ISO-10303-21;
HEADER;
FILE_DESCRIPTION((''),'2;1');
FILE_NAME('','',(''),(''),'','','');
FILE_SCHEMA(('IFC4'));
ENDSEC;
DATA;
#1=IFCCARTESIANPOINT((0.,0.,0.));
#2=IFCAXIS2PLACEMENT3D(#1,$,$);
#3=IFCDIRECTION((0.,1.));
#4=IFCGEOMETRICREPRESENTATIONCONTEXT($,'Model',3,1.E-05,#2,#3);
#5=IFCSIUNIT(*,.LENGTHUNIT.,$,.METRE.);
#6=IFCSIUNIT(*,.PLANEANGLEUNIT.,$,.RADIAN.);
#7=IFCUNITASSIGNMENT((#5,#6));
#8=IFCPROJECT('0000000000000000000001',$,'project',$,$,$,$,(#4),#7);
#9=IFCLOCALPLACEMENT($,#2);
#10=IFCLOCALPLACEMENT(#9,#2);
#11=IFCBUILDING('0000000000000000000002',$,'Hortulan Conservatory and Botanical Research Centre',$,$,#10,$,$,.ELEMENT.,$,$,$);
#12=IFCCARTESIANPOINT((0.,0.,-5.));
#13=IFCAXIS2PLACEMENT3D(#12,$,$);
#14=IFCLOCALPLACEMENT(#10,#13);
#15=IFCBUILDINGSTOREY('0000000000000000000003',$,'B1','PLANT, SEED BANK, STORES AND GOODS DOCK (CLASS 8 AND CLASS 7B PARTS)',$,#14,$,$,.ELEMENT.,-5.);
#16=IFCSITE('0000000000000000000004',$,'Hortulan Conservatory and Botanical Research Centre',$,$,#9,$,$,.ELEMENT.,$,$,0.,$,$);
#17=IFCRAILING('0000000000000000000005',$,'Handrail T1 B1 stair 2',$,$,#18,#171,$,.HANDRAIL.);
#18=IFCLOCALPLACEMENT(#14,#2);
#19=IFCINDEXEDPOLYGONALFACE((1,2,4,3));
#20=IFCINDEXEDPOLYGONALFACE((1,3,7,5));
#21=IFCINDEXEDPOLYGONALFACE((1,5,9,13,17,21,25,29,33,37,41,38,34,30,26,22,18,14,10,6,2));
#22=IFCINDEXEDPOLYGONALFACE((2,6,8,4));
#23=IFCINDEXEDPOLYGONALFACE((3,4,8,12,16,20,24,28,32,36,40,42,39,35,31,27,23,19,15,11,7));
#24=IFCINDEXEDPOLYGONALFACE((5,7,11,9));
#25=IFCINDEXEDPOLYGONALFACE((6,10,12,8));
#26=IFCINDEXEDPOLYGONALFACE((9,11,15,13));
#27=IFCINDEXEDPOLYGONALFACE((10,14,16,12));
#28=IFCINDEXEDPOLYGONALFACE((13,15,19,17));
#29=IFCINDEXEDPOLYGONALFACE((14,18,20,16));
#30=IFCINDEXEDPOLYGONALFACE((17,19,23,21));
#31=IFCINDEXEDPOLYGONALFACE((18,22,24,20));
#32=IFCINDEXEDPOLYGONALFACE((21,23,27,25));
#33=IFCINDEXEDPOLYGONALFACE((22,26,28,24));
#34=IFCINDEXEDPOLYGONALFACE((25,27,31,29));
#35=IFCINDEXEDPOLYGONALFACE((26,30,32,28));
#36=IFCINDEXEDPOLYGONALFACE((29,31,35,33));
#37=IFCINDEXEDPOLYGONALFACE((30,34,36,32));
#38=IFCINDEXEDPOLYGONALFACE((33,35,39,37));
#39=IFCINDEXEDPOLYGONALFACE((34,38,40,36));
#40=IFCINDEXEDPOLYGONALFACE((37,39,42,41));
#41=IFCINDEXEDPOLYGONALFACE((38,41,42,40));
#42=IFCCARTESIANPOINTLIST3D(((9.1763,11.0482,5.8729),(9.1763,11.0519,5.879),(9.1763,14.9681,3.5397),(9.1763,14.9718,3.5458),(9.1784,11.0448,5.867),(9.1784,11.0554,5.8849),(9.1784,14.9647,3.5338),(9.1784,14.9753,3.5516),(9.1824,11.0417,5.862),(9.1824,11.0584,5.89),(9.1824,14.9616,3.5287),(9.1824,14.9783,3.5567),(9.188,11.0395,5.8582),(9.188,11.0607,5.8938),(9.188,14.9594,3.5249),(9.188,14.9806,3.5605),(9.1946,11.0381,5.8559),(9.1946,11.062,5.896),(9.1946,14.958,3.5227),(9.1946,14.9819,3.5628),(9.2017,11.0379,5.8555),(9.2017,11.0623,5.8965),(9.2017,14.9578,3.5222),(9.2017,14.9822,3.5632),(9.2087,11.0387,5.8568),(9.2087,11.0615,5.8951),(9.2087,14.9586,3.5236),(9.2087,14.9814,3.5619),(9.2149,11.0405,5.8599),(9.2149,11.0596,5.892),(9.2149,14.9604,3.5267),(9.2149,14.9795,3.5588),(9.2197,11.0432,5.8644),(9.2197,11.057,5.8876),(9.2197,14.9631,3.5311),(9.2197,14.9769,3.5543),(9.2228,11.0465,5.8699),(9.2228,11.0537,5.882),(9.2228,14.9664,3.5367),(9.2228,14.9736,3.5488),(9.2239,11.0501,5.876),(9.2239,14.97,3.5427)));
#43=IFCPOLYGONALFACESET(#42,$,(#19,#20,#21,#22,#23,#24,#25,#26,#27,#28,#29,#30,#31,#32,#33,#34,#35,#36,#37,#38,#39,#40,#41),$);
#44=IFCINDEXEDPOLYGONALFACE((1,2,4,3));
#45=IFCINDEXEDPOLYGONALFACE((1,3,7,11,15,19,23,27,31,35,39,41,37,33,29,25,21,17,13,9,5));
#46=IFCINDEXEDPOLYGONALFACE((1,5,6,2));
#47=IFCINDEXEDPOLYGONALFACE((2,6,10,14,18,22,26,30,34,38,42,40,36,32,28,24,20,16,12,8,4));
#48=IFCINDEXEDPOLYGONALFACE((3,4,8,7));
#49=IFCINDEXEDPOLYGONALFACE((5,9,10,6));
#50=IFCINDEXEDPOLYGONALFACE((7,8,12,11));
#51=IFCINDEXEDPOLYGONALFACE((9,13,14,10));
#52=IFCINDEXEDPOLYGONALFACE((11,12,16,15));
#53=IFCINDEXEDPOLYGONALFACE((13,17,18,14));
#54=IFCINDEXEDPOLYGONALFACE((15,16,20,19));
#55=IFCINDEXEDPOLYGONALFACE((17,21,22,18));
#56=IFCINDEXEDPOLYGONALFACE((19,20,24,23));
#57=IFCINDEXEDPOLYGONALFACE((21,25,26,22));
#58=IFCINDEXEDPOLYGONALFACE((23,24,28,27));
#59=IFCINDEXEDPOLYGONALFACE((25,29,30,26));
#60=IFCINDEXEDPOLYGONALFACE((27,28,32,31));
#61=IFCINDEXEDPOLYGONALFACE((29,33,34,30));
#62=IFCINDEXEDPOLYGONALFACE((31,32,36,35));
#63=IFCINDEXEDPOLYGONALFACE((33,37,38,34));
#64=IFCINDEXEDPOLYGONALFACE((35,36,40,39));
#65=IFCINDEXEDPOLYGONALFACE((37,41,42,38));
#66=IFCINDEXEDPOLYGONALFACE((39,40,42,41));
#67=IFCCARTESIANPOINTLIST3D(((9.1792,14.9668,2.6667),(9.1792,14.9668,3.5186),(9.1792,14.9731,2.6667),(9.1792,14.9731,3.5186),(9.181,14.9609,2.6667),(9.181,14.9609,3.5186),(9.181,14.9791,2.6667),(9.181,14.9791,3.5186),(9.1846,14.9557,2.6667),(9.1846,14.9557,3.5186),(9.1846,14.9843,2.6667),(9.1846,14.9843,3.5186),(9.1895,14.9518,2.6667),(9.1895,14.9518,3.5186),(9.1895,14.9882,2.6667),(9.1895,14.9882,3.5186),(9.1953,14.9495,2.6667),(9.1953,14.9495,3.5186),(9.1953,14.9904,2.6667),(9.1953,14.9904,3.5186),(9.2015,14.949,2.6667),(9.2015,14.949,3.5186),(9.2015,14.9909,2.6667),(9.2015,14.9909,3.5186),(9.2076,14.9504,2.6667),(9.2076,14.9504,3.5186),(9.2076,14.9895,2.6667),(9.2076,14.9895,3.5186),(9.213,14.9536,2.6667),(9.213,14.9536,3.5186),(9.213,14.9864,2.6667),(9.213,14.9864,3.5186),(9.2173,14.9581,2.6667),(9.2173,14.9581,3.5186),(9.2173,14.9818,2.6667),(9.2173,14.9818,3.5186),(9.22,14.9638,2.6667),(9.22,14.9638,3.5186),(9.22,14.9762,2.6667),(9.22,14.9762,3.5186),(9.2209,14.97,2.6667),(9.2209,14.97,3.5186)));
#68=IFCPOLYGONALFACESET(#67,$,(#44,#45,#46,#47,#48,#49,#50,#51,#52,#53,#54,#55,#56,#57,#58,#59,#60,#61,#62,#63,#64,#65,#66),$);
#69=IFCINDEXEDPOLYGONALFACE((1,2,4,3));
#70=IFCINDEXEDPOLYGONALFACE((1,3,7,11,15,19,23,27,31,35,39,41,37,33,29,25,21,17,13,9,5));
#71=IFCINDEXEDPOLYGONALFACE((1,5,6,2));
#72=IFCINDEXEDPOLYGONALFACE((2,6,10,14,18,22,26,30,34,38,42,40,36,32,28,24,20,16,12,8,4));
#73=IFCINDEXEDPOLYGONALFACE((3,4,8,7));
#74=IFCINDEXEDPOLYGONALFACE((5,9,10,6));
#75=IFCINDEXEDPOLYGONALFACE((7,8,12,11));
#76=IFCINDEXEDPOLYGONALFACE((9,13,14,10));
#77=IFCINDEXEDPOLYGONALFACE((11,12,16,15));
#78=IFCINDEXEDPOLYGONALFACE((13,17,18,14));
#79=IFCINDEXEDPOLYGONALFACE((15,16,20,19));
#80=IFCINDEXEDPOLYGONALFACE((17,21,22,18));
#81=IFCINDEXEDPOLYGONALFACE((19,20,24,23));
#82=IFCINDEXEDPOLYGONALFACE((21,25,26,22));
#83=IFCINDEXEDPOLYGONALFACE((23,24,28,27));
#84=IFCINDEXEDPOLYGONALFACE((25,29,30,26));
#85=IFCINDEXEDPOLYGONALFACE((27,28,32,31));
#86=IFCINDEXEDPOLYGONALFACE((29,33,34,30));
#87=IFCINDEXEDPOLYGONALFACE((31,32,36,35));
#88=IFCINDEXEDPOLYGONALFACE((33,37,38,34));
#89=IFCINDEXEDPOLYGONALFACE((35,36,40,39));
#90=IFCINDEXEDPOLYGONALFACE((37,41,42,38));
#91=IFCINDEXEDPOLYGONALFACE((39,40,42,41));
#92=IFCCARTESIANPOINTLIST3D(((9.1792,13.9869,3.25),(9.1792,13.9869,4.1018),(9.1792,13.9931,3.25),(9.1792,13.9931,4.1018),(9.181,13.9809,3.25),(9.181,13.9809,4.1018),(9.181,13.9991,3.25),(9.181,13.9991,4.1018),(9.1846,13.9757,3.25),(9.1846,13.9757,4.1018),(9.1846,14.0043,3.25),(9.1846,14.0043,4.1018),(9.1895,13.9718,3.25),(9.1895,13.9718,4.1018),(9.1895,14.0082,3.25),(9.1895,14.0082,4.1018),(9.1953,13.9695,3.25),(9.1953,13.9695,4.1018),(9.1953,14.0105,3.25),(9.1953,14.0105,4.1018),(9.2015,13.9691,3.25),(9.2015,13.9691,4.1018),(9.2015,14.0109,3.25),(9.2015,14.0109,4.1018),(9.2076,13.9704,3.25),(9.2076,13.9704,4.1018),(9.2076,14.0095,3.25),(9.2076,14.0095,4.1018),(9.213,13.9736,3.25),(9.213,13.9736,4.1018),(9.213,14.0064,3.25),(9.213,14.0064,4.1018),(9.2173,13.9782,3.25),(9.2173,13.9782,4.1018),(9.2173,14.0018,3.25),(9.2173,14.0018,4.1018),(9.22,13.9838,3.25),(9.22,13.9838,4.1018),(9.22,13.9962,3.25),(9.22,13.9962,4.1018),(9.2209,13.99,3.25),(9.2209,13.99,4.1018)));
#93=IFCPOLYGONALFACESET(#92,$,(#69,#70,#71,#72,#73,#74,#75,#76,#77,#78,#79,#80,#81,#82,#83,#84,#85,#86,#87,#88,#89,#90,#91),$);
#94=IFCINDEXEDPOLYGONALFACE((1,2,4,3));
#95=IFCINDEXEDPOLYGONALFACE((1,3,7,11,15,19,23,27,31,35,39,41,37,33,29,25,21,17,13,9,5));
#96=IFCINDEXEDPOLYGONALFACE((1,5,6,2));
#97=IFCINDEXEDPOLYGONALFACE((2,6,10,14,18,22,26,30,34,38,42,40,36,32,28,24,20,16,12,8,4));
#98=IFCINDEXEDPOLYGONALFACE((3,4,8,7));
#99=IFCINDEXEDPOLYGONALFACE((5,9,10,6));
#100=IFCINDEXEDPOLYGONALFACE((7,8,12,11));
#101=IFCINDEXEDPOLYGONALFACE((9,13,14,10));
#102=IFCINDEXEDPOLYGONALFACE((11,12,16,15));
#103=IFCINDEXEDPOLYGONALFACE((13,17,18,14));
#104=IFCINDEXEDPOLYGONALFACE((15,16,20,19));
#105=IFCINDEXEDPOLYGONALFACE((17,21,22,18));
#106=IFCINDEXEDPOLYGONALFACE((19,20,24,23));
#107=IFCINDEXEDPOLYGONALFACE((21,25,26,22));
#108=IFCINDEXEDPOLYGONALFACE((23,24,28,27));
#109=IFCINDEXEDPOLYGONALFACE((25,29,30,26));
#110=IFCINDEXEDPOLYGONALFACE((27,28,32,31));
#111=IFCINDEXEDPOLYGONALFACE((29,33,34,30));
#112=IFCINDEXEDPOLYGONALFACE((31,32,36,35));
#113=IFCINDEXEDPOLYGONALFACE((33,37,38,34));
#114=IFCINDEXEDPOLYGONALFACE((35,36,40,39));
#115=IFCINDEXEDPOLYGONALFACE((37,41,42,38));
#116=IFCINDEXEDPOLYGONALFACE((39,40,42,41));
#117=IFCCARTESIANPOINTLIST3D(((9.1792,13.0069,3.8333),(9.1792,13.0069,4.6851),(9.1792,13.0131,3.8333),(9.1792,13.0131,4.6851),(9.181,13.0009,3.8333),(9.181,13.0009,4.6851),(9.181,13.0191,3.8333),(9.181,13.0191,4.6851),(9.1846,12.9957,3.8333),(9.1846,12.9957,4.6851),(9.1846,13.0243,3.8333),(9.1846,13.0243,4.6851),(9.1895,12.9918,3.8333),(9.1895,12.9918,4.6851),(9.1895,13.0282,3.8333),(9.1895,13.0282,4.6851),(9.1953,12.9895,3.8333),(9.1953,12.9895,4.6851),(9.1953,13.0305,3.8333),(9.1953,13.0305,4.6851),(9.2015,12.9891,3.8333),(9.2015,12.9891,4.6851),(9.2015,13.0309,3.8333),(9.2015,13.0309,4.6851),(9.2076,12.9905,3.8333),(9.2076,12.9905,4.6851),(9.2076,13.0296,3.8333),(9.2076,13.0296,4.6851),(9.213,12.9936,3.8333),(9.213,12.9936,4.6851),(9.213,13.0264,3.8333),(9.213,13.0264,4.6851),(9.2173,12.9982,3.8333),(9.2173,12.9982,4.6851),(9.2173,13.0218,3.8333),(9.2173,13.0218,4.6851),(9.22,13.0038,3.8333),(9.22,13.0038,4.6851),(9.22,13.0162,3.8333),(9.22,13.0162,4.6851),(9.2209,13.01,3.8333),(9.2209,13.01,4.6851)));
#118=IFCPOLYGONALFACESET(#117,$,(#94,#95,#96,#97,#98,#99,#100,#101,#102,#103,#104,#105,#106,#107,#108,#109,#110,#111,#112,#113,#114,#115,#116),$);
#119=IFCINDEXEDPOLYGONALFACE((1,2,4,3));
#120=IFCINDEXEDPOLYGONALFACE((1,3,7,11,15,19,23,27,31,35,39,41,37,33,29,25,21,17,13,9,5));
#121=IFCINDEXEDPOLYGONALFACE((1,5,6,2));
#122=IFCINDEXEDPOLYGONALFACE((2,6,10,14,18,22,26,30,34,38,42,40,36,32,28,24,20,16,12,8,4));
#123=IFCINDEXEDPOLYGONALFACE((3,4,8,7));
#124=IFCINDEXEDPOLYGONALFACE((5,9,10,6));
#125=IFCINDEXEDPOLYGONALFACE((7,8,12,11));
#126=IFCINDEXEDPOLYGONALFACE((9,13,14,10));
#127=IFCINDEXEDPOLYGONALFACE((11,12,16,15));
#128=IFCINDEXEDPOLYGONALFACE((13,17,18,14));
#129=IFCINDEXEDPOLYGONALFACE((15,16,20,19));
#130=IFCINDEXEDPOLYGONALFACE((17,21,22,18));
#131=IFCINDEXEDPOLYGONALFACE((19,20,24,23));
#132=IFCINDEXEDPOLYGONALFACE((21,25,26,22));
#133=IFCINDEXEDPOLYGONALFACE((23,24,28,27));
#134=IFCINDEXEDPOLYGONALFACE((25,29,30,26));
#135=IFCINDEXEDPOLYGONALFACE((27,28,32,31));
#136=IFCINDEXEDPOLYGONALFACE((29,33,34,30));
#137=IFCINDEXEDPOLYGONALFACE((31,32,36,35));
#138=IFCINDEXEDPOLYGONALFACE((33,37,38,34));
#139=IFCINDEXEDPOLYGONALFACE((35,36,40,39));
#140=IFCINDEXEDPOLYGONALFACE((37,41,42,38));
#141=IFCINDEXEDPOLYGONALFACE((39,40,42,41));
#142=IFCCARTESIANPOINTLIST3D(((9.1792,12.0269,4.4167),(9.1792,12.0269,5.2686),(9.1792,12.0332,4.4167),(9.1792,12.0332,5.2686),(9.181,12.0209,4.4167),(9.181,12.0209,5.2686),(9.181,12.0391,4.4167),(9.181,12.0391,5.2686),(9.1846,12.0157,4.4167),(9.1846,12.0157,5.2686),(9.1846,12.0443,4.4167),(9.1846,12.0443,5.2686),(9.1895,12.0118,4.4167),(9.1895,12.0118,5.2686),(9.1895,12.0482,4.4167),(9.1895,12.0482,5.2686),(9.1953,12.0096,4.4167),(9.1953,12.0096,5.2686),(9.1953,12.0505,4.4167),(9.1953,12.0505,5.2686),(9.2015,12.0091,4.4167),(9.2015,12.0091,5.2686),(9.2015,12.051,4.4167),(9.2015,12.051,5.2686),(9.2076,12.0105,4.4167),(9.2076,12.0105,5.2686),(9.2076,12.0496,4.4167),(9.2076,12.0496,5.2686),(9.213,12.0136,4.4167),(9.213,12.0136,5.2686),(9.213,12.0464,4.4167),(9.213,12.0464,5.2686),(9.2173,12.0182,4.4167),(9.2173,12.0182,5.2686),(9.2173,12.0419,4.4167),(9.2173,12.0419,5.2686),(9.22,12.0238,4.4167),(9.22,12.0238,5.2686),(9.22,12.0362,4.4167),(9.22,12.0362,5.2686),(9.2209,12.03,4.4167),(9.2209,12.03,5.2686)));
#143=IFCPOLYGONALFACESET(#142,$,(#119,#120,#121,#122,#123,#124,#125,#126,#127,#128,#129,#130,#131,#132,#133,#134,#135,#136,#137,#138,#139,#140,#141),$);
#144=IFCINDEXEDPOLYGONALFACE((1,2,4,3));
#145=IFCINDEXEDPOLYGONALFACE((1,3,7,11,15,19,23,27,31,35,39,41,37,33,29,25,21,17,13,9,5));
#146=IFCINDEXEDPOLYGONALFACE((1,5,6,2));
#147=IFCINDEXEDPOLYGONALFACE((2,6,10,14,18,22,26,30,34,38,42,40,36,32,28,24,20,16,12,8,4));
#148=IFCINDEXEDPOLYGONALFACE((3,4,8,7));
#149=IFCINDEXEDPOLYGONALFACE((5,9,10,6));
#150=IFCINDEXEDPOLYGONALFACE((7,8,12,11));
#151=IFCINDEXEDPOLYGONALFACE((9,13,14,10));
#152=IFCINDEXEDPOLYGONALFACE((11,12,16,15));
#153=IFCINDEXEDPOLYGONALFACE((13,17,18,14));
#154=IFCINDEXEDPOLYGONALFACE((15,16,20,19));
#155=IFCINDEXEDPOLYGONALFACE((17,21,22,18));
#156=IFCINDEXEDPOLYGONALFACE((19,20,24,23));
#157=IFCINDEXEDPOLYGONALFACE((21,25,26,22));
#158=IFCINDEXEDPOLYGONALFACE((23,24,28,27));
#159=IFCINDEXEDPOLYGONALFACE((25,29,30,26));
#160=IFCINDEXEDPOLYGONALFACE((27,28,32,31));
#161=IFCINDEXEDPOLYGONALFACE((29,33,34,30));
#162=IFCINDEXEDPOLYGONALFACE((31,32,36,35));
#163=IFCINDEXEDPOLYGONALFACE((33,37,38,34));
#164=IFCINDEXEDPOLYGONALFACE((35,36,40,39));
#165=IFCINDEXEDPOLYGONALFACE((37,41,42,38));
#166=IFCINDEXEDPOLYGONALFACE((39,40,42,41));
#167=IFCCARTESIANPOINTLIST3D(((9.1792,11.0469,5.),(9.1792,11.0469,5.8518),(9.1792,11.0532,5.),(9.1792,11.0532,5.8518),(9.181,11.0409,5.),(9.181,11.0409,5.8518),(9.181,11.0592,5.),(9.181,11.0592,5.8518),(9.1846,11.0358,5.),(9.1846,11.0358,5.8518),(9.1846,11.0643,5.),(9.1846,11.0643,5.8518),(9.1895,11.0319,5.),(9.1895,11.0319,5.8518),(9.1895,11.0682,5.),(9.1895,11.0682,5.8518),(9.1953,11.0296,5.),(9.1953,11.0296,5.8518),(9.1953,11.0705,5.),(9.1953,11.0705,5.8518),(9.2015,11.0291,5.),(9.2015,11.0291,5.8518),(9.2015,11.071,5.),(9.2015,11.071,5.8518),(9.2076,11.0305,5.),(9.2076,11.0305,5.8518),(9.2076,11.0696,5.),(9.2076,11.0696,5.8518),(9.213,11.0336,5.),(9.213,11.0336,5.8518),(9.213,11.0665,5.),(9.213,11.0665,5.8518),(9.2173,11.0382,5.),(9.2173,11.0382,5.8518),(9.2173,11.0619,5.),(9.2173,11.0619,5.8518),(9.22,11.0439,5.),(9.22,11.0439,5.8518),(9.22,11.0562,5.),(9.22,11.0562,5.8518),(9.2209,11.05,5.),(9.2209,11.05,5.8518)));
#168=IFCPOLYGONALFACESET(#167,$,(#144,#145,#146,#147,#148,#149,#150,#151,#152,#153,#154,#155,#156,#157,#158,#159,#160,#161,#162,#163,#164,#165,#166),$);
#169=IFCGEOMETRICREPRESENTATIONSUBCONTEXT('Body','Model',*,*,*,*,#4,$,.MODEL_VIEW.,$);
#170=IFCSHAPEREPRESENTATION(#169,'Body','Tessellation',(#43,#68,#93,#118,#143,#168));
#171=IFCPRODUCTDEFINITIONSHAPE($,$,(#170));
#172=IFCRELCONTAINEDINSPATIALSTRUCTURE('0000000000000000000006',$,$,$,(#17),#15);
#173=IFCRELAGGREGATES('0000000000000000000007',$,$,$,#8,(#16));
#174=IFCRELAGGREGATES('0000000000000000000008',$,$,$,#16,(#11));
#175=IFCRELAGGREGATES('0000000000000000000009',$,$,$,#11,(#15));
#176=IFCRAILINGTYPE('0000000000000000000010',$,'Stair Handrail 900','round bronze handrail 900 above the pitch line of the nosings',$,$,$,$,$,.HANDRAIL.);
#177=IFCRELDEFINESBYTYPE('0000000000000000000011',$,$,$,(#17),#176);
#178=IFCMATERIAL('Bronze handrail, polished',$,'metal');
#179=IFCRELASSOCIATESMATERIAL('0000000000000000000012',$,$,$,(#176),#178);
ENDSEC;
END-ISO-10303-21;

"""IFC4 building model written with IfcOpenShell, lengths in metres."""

from ifc_helpers import new_model, si_unit, direction, frame, origin, origin_2d, place, context, subcontext, project, spatial, circle, extrude, material, type_object, element, save


model = new_model("IFC4")

# Units and contexts
model_context = context("Model", 3, precision=1e-05, world=origin(), true_north=direction((0.0, 1.0)))
body_context = subcontext(model_context, "Body", "Model", "MODEL_VIEW")
ifc_project = project(units=[si_unit("LENGTHUNIT", "METRE"), si_unit("PLANEANGLEUNIT", "RADIAN")], contexts=[model_context])

# Site, building, storey
site_placement = place(None, origin())
site = spatial("IfcSite", under=ifc_project, at=site_placement, Name="Hortulan Conservatory and Botanical Research Centre", CompositionType="ELEMENT", RefElevation=0.0)
building_placement = place(site_placement, origin())
building = spatial("IfcBuilding", under=site, at=building_placement, Name="Hortulan Conservatory and Botanical Research Centre", CompositionType="ELEMENT")
storey_placement = place(building_placement, frame((0.0, 0.0, -5.0)))
storey = spatial("IfcBuildingStorey", under=building, at=storey_placement, Name="B1", Description="PLANT, SEED BANK, STORES AND GOODS DOCK (CLASS 8 AND CLASS 7B PARTS)", CompositionType="ELEMENT", Elevation=-5.0)

# Railing
ifc_material_1 = material(Name="Bronze handrail, polished", Category="metal")
railing_type_1 = type_object("IfcRailingType", Name="Stair Handrail 900", Description="round bronze handrail 900 above the pitch line of the nosings", PredefinedType="HANDRAIL", material=ifc_material_1)
railing_1_placement = place(storey_placement, frame((9.2, 14.97, 2.6667)))
element("IfcRailing", 1, at=railing_1_placement, inside=storey, type_object=railing_type_1, Name="Handrail T1 B1 stair 2", PredefinedType="HANDRAIL", context=body_context, shape_type="SweptSolid", body=[
    extrude(circle(Radius=0.0239, at=origin_2d()), frame((0.0, 0.0, 0.876), z_axis=(0.0, -0.859296, 0.511478), x_axis=(1.0, 0.0, 0.0)), (0.0, 0.0, 1.0), 4.5618),
    extrude(circle(Radius=0.021, at=origin_2d()), origin(), (0.0, 0.0, 1.0), 0.8518),
    extrude(circle(Radius=0.021, at=origin_2d()), frame((0.0, -0.98, 0.5833)), (0.0, 0.0, 1.0), 0.8518),
    extrude(circle(Radius=0.021, at=origin_2d()), frame((0.0, -1.96, 1.1665)), (0.0, 0.0, 1.0), 0.8518),
    extrude(circle(Radius=0.021, at=origin_2d()), frame((0.0, -2.9399, 1.75)), (0.0, 0.0, 1.0), 0.8518),
    extrude(circle(Radius=0.021, at=origin_2d()), frame((0.0, -3.9199, 2.3333)), (0.0, 0.0, 1.0), 0.8518),
])

save(model, "model.ifc")
